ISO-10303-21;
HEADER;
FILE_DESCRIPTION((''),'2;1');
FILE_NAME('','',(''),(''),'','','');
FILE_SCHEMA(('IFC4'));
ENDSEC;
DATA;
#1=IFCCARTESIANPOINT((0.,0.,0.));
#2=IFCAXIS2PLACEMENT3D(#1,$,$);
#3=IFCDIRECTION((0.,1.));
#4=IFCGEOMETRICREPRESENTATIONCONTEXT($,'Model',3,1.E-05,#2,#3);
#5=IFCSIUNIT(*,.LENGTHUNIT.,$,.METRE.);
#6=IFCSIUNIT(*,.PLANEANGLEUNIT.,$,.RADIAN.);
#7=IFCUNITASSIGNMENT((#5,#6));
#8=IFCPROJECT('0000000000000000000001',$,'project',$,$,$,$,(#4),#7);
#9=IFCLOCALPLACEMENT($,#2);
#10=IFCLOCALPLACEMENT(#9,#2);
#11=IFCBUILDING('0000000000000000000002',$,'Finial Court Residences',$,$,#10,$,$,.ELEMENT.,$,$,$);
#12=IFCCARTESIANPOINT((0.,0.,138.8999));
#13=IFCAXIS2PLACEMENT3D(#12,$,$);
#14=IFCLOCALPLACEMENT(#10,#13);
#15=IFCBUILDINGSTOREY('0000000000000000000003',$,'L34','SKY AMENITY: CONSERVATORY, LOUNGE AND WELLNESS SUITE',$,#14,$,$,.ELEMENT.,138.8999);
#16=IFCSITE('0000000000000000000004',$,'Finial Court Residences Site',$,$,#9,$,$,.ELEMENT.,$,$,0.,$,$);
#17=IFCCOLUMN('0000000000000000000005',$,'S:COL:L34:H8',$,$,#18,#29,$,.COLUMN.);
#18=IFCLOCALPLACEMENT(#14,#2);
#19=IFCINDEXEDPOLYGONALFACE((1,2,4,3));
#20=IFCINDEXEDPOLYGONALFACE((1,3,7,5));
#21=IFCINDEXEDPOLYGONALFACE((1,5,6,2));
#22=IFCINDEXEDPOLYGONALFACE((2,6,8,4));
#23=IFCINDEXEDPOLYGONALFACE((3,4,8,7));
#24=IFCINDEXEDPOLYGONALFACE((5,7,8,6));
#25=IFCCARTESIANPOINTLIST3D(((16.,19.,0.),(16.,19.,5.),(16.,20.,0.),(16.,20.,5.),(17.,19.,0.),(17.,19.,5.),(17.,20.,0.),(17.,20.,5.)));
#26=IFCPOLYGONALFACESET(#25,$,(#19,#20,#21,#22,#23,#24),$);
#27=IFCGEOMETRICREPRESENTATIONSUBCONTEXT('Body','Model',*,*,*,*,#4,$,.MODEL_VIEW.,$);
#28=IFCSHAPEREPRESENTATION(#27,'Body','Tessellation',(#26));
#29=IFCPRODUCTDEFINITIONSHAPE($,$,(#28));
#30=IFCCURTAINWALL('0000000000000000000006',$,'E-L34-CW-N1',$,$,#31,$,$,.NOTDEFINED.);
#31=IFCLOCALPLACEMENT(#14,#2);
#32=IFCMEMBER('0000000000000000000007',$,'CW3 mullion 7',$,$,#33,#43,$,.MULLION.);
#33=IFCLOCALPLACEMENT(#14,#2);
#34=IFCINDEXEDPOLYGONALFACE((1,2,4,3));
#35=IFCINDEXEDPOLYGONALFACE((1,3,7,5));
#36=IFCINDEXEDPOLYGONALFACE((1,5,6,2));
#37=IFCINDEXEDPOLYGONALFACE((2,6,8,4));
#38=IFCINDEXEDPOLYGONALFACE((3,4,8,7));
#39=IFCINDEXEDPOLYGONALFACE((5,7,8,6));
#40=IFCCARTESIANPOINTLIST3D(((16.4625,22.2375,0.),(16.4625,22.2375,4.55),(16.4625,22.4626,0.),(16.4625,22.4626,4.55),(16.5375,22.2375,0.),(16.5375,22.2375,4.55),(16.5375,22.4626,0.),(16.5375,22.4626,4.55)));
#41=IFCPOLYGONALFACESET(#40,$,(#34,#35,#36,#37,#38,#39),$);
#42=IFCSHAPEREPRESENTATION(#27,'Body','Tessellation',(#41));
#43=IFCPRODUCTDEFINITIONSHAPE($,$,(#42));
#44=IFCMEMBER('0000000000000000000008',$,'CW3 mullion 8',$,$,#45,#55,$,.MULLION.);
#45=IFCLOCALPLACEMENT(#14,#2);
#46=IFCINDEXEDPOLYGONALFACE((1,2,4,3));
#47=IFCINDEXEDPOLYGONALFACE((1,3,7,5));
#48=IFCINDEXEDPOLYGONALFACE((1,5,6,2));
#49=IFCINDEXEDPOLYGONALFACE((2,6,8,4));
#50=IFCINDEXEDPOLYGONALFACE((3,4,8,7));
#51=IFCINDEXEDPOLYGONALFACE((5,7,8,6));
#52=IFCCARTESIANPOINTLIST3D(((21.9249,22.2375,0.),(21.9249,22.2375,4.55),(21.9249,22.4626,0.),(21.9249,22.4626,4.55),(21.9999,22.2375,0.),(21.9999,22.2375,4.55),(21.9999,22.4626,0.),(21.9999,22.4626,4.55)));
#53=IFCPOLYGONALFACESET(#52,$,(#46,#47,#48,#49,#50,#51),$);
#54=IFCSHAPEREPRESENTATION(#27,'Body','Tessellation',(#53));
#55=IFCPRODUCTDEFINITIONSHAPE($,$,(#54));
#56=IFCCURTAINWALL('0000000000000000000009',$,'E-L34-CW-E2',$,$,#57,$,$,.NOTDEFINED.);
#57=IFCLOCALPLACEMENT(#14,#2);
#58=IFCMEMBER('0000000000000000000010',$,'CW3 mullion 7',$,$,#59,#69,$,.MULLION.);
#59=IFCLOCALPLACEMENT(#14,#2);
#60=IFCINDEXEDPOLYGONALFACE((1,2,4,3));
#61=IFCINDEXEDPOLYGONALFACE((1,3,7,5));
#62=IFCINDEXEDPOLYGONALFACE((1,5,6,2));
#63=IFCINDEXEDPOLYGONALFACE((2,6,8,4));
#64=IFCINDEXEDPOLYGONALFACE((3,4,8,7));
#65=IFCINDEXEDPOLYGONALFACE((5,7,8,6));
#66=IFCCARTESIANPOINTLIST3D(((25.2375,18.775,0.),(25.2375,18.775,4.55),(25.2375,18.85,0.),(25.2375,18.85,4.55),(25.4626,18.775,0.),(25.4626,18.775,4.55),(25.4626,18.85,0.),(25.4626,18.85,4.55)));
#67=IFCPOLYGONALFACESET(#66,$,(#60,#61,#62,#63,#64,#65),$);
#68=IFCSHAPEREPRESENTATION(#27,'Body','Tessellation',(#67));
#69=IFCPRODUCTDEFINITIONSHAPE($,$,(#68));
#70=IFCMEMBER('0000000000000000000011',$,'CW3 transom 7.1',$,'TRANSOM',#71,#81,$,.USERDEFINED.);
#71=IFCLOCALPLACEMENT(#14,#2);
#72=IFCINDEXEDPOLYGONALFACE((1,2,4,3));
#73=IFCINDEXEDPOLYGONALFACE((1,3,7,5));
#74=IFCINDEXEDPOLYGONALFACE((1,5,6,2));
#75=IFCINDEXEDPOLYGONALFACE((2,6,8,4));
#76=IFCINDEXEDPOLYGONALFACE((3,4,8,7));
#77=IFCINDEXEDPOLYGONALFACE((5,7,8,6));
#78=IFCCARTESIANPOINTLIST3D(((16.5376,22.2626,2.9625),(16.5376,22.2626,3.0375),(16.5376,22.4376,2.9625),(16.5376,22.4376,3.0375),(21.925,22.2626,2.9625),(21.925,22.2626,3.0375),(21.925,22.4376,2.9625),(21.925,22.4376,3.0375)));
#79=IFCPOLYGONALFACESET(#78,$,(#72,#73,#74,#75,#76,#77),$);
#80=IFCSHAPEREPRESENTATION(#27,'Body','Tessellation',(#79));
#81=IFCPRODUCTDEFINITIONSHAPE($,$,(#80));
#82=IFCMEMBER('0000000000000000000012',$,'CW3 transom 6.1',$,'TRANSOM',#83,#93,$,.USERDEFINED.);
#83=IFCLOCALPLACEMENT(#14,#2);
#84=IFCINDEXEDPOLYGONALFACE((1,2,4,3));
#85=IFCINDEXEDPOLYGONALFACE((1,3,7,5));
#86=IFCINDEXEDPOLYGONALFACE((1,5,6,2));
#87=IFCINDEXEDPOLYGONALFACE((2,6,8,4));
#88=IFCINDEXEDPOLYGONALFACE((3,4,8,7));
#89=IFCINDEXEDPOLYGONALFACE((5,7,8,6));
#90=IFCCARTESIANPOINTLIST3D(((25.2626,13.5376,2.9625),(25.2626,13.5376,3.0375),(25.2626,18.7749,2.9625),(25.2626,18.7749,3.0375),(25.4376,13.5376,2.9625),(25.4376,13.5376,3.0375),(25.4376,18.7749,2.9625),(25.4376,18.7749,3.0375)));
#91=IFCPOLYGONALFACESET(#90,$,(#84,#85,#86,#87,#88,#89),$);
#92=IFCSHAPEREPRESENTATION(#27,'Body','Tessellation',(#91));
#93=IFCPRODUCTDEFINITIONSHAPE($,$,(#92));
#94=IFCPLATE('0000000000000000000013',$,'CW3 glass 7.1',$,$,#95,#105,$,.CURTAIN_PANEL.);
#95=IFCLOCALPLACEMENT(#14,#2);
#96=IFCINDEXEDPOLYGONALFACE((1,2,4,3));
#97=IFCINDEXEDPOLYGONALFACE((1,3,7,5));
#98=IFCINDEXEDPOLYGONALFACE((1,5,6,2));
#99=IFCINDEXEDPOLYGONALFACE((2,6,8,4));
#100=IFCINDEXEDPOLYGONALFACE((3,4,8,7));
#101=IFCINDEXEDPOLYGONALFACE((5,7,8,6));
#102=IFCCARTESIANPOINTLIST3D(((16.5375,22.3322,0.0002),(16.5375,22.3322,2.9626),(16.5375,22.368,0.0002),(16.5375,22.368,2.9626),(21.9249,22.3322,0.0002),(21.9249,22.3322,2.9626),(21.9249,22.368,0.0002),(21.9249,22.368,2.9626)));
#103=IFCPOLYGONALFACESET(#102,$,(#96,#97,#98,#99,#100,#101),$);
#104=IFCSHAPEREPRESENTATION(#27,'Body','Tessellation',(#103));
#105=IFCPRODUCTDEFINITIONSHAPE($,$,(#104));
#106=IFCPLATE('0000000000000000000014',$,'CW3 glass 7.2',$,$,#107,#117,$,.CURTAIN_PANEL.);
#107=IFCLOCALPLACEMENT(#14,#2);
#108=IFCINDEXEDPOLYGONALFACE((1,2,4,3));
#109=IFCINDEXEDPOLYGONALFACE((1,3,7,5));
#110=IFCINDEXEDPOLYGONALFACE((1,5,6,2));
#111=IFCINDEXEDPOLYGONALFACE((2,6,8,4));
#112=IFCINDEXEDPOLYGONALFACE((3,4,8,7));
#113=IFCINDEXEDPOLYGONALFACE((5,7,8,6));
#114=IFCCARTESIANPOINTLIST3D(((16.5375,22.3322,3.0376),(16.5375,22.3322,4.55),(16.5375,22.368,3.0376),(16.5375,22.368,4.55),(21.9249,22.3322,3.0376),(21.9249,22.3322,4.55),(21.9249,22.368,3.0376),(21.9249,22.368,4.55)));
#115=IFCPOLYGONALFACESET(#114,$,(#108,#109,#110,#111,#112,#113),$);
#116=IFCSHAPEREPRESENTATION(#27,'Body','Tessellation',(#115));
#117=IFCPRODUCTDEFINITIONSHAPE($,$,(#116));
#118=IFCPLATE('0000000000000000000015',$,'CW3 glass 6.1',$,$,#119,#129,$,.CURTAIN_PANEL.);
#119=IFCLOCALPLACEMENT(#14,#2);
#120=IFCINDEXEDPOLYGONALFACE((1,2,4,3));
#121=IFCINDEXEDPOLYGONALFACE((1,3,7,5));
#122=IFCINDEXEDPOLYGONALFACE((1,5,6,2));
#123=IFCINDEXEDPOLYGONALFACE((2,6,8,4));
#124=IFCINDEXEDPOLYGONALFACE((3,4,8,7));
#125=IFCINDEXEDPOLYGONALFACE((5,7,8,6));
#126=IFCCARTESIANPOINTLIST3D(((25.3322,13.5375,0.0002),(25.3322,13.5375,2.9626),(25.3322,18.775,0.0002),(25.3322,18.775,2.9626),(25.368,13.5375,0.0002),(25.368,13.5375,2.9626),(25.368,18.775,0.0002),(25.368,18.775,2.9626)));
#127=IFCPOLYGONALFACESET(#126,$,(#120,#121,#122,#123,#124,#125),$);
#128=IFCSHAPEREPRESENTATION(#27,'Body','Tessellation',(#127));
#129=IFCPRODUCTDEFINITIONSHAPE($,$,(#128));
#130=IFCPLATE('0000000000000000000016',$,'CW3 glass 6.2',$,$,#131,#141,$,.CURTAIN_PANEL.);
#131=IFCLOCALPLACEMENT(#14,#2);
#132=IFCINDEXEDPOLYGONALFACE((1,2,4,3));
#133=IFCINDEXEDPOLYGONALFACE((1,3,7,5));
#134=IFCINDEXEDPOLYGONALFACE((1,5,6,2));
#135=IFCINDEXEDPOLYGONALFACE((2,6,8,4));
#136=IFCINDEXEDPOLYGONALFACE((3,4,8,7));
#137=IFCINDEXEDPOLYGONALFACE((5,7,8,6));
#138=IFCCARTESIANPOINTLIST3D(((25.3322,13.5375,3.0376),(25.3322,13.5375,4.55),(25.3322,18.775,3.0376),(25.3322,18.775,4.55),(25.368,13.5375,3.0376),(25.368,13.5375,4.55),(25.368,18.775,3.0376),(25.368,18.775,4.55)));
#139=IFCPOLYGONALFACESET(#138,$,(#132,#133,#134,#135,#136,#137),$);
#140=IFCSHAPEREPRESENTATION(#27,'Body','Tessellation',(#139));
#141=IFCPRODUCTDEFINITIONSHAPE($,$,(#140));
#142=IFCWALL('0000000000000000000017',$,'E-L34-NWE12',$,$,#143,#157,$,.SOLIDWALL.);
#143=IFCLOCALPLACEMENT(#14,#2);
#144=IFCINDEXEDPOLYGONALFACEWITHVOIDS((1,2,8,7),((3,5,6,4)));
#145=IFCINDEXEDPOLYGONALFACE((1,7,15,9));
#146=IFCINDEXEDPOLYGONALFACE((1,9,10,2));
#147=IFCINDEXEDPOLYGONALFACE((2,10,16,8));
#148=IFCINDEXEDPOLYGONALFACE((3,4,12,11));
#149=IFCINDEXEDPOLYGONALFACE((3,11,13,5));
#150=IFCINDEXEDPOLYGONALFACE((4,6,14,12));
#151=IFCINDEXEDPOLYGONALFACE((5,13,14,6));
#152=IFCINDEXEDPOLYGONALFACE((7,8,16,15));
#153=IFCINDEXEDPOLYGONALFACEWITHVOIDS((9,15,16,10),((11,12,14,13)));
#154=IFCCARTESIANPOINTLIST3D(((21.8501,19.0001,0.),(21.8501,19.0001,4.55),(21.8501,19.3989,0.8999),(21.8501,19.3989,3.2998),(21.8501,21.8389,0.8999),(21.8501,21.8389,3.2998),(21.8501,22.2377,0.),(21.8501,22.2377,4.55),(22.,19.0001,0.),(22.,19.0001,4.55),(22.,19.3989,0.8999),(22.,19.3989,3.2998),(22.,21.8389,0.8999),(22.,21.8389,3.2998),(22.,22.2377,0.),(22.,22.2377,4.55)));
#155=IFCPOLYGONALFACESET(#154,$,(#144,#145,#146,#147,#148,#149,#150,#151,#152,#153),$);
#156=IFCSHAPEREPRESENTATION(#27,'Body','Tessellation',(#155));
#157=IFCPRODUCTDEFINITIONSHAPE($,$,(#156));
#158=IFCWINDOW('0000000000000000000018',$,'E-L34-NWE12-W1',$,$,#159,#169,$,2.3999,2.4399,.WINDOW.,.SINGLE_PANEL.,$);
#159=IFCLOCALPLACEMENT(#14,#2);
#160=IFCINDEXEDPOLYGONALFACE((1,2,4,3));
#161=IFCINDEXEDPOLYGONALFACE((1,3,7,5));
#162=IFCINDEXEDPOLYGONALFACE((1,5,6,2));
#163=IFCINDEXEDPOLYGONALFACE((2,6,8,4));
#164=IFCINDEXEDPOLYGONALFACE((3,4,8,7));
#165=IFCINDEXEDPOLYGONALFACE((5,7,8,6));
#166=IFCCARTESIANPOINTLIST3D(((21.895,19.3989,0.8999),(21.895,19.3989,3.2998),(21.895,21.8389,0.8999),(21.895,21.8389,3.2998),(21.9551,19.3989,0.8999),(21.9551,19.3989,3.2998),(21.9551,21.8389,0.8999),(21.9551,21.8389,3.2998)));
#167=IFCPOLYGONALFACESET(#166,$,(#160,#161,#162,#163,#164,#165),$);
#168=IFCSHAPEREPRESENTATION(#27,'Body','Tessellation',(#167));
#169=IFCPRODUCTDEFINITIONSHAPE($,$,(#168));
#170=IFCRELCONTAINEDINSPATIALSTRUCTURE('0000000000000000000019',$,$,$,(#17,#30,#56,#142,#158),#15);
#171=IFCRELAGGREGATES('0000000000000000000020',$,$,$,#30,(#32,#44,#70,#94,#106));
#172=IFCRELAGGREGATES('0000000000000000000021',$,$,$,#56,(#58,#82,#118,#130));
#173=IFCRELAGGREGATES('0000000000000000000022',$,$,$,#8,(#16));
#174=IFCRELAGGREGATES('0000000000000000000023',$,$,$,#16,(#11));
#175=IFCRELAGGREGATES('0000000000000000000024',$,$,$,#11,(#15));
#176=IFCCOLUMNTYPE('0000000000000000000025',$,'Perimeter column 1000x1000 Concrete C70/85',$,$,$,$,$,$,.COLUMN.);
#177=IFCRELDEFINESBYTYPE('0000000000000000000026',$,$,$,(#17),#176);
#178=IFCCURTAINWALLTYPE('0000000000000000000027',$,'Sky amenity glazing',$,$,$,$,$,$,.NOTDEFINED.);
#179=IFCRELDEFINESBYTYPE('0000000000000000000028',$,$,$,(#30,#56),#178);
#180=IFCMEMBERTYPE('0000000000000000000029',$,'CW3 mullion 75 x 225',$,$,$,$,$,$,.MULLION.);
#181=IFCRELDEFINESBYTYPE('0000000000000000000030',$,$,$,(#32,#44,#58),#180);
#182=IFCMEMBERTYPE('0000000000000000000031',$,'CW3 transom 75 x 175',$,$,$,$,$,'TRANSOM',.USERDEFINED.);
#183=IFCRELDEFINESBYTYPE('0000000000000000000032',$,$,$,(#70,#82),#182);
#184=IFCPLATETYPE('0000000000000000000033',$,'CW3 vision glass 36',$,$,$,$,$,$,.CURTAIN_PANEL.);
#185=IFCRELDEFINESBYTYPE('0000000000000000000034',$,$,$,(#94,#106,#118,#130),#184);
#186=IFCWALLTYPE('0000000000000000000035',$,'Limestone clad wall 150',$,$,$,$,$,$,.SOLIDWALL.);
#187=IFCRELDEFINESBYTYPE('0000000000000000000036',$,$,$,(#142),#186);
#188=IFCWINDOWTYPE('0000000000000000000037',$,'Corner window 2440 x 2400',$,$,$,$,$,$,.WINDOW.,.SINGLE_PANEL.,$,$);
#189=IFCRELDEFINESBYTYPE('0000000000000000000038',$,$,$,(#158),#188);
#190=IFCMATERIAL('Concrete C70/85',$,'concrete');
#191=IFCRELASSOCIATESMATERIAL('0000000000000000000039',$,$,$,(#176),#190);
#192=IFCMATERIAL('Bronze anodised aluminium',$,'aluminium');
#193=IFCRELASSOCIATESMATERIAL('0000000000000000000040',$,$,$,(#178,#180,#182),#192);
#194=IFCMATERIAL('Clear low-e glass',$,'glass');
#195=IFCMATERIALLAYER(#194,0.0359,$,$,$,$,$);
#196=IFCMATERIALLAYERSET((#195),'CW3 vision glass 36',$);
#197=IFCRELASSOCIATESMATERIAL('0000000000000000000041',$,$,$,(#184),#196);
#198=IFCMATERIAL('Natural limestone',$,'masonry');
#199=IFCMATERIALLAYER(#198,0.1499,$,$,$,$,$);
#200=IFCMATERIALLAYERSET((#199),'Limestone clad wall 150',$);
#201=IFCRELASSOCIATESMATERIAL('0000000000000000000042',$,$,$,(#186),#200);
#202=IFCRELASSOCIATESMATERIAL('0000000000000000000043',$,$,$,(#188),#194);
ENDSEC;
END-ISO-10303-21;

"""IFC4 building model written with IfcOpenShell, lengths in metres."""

from ifc_helpers import new_model, si_unit, direction, frame, frame_2d, origin, origin_2d, place, context, subcontext, project, spatial, rectangle, extrude, material, layer, layer_set, material_profile, profile_set, type_object, element, fill, aggregate, save


model = new_model("IFC4")

# Units and contexts
model_context = context("Model", 3, precision=1e-05, world=origin(), true_north=direction((0.0, 1.0)))
body_context = subcontext(model_context, "Body", "Model", "MODEL_VIEW")
ifc_project = project(units=[si_unit("LENGTHUNIT", "METRE"), si_unit("PLANEANGLEUNIT", "RADIAN")], contexts=[model_context])

# Site, building, storey
site_placement = place(None, origin())
site = spatial("IfcSite", under=ifc_project, at=site_placement, Name="Finial Court Residences Site", CompositionType="ELEMENT", RefElevation=0.0)
building_placement = place(site_placement, origin())
building = spatial("IfcBuilding", under=site, at=building_placement, Name="Finial Court Residences", CompositionType="ELEMENT")
storey_placement = place(building_placement, frame((0.0, 0.0, 138.8999)))
storey = spatial("IfcBuildingStorey", under=building, at=storey_placement, Name="L34", Description="SKY AMENITY: CONSERVATORY, LOUNGE AND WELLNESS SUITE", CompositionType="ELEMENT", Elevation=138.8999)

# Column
ifc_material_1 = material(Name="Concrete C70/85", Category="concrete")
ifc_material_profile_1 = material_profile(ifc_material_1, rectangle(XDim=1.0, YDim=1.0, at=origin_2d()), Name="1000x1000")
ifc_profile_set_1 = profile_set([ifc_material_profile_1], Name="Concrete C70/85")
column_type = type_object("IfcColumnType", Name="Perimeter column 1000x1000 Concrete C70/85", PredefinedType="COLUMN", material=ifc_profile_set_1)
column_placement = place(storey_placement, frame((16.5, 19.5, 0.0), z_axis=(0.0, 0.0, 1.0), x_axis=(1.0, 0.0, 0.0)))
element("IfcColumn", 1, at=column_placement, inside=storey, type_object=column_type, Name="S:COL:L34:H8", PredefinedType="COLUMN", context=body_context, shape_type="SweptSolid", body=[
    extrude(rectangle(XDim=1.0, YDim=1.0, at=origin_2d()), origin(), (0.0, 0.0, 1.0), 5.0),
])

# Curtain wall, members
ifc_material_2 = material(Name="Bronze anodised aluminium", Category="aluminium")
curtain_wall_type = type_object("IfcCurtainWallType", Name="Sky amenity glazing", PredefinedType="NOTDEFINED", material=ifc_material_2)
curtain_wall_1_placement = place(storey_placement, origin())
curtain_wall_1 = element("IfcCurtainWall", 2, at=curtain_wall_1_placement, inside=storey, type_object=curtain_wall_type, Name="E-L34-CW-N1", PredefinedType="NOTDEFINED")
ifc_material_profile_2 = material_profile(ifc_material_2, rectangle(XDim=0.2251, YDim=0.075, at=origin_2d()), Name="CW3 mullion 75 x 225")
ifc_profile_set_2 = profile_set([ifc_material_profile_2], Name="Bronze anodised aluminium")
member_type_1 = type_object("IfcMemberType", Name="CW3 mullion 75 x 225", PredefinedType="MULLION", material=ifc_profile_set_2)
member_1_placement = place(storey_placement, frame((16.5, 22.3501, 0.0), z_axis=(0.0, 0.0, 1.0), x_axis=(0.0, 1.0, 0.0)))
member_1 = element("IfcMember", 3, at=member_1_placement, type_object=member_type_1, Name="CW3 mullion 7", PredefinedType="MULLION", context=body_context, shape_type="SweptSolid", body=[
    extrude(rectangle(XDim=0.2251, YDim=0.075, at=origin_2d()), origin(), (0.0, 0.0, 1.0), 4.55),
])
member_2_placement = place(storey_placement, frame((21.9624, 22.3501, 0.0), z_axis=(0.0, 0.0, 1.0), x_axis=(0.0, 1.0, 0.0)))
member_2 = element("IfcMember", 4, at=member_2_placement, type_object=member_type_1, Name="CW3 mullion 8", PredefinedType="MULLION", context=body_context, shape_type="SweptSolid", body=[
    extrude(rectangle(XDim=0.2251, YDim=0.075, at=origin_2d()), origin(), (0.0, 0.0, 1.0), 4.55),
])

# Curtain wall, member
curtain_wall_2_placement = place(storey_placement, origin())
curtain_wall_2 = element("IfcCurtainWall", 5, at=curtain_wall_2_placement, inside=storey, type_object=curtain_wall_type, Name="E-L34-CW-E2", PredefinedType="NOTDEFINED")
member_3_placement = place(storey_placement, frame((25.3501, 18.8125, 0.0), z_axis=(0.0, 0.0, 1.0), x_axis=(-1.0, 0.0, 0.0)))
member_3 = element("IfcMember", 6, at=member_3_placement, type_object=member_type_1, Name="CW3 mullion 7", PredefinedType="MULLION", context=body_context, shape_type="SweptSolid", body=[
    extrude(rectangle(XDim=0.2251, YDim=0.075, at=origin_2d()), origin(), (0.0, 0.0, 1.0), 4.55),
])

# Members
ifc_material_profile_3 = material_profile(ifc_material_2, rectangle(XDim=0.175, YDim=0.075, at=origin_2d()), Name="CW3 transom 75 x 175")
ifc_profile_set_3 = profile_set([ifc_material_profile_3], Name="Bronze anodised aluminium")
member_type_2 = type_object("IfcMemberType", Name="CW3 transom 75 x 175", ElementType="TRANSOM", PredefinedType="USERDEFINED", material=ifc_profile_set_3)
member_4_placement = place(storey_placement, frame((16.5376, 22.3501, 3.0), z_axis=(1.0, 0.0, 0.0), x_axis=(0.0, 1.0, 0.0)))
member_4 = element("IfcMember", 7, at=member_4_placement, type_object=member_type_2, Name="CW3 transom 7.1", ObjectType="TRANSOM", PredefinedType="USERDEFINED", context=body_context, shape_type="SweptSolid", body=[
    extrude(rectangle(XDim=0.175, YDim=0.075, at=origin_2d()), origin(), (0.0, 0.0, 1.0), 5.3875),
])
member_5_placement = place(storey_placement, frame((25.3501, 13.5376, 3.0), z_axis=(0.0, 1.0, 0.0), x_axis=(-1.0, 0.0, 0.0)))
member_5 = element("IfcMember", 8, at=member_5_placement, type_object=member_type_2, Name="CW3 transom 6.1", ObjectType="TRANSOM", PredefinedType="USERDEFINED", context=body_context, shape_type="SweptSolid", body=[
    extrude(rectangle(XDim=0.175, YDim=0.075, at=origin_2d()), origin(), (0.0, 0.0, 1.0), 5.2373),
])

# Plates
ifc_material_3 = material(Name="Clear low-e glass", Category="glass")
ifc_layer_1 = layer(ifc_material_3, 0.0359)
ifc_layer_set_1 = layer_set([ifc_layer_1], Name="CW3 vision glass 36")
plate_type = type_object("IfcPlateType", Name="CW3 vision glass 36", PredefinedType="CURTAIN_PANEL", material=ifc_layer_set_1)
plate_1_placement = place(storey_placement, frame((19.2312, 22.3501, 0.0002), z_axis=(0.0, 0.0, 1.0), x_axis=(1.0, 0.0, 0.0)))
plate_1 = element("IfcPlate", 9, at=plate_1_placement, type_object=plate_type, Name="CW3 glass 7.1", PredefinedType="CURTAIN_PANEL", context=body_context, shape_type="SweptSolid", body=[
    extrude(rectangle(XDim=5.3875, YDim=0.0359, at=origin_2d()), origin(), (0.0, 0.0, 1.0), 2.9624),
])
plate_2_placement = place(storey_placement, frame((19.2312, 22.3501, 3.0376), z_axis=(0.0, 0.0, 1.0), x_axis=(1.0, 0.0, 0.0)))
plate_2 = element("IfcPlate", 10, at=plate_2_placement, type_object=plate_type, Name="CW3 glass 7.2", PredefinedType="CURTAIN_PANEL", context=body_context, shape_type="SweptSolid", body=[
    extrude(rectangle(XDim=5.3875, YDim=0.0359, at=origin_2d()), origin(), (0.0, 0.0, 1.0), 1.5125),
])
aggregate(curtain_wall_1, [member_1, member_2, member_4, plate_1, plate_2])
plate_3_placement = place(storey_placement, frame((25.3501, 16.1562, 0.0002), z_axis=(0.0, 0.0, 1.0), x_axis=(0.0, 1.0, 0.0)))
plate_3 = element("IfcPlate", 11, at=plate_3_placement, type_object=plate_type, Name="CW3 glass 6.1", PredefinedType="CURTAIN_PANEL", context=body_context, shape_type="SweptSolid", body=[
    extrude(rectangle(XDim=5.2375, YDim=0.0359, at=origin_2d()), origin(), (0.0, 0.0, 1.0), 2.9624),
])
plate_4_placement = place(storey_placement, frame((25.3501, 16.1562, 3.0376), z_axis=(0.0, 0.0, 1.0), x_axis=(0.0, 1.0, 0.0)))
plate_4 = element("IfcPlate", 12, at=plate_4_placement, type_object=plate_type, Name="CW3 glass 6.2", PredefinedType="CURTAIN_PANEL", context=body_context, shape_type="SweptSolid", body=[
    extrude(rectangle(XDim=5.2375, YDim=0.0359, at=origin_2d()), origin(), (0.0, 0.0, 1.0), 1.5125),
])
aggregate(curtain_wall_2, [member_3, member_5, plate_3, plate_4])

# Wall, opening, window
ifc_material_4 = material(Name="Natural limestone", Category="masonry")
ifc_layer_2 = layer(ifc_material_4, 0.1499)
ifc_layer_set_2 = layer_set([ifc_layer_2], Name="Limestone clad wall 150")
wall_type = type_object("IfcWallType", Name="Limestone clad wall 150", PredefinedType="SOLIDWALL", material=ifc_layer_set_2)
wall_1_placement = place(storey_placement, frame((21.925, 22.2375, 0.0), z_axis=(0.0, 0.0, 1.0), x_axis=(0.0, -1.0, 0.0)))
wall_1 = element("IfcWall", 13, at=wall_1_placement, inside=storey, type_object=wall_type, Name="E-L34-NWE12", PredefinedType="SOLIDWALL", context=body_context, shape_type="SweptSolid", body=[
    extrude(rectangle(XDim=3.2375, YDim=0.1499, at=frame_2d((1.6187, 0.0))), origin(), (0.0, 0.0, 1.0), 4.55),
])
opening_1_placement = place(wall_1_placement, frame((0.3987, 0.0, 0.8999)))
opening_1 = element("IfcOpeningElement", 14, at=opening_1_placement, cuts=wall_1, PredefinedType="OPENING", context=body_context, shape_type="SweptSolid", body=[
    extrude(rectangle(XDim=2.4399, YDim=2.3999, at=frame_2d((1.22, 1.2))), frame((0.0, 0.085, 0.0), z_axis=(0.0, -1.0, 0.0), x_axis=(1.0, 0.0, 0.0)), (0.0, 0.0, 1.0), 0.1699),
])
window_type_1 = type_object("IfcWindowType", Name="Corner window 2440 x 2400", PartitioningType="SINGLE_PANEL", PredefinedType="WINDOW", material=ifc_material_3)
window_1_placement = place(opening_1_placement, origin())
window_1 = element("IfcWindow", 15, at=window_1_placement, inside=storey, type_object=window_type_1, Name="E-L34-NWE12-W1", OverallHeight=2.3999, OverallWidth=2.4399, PartitioningType="SINGLE_PANEL", PredefinedType="WINDOW", context=body_context, shape_type="SweptSolid", body=[
    extrude(rectangle(XDim=2.4399, YDim=2.3999, at=frame_2d((1.22, 1.2))), frame((0.0, 0.03, 0.0), z_axis=(0.0, -1.0, 0.0), x_axis=(1.0, 0.0, 0.0)), (0.0, 0.0, 1.0), 0.0601),
])
fill(opening_1, window_1)

save(model, "model.ifc")
